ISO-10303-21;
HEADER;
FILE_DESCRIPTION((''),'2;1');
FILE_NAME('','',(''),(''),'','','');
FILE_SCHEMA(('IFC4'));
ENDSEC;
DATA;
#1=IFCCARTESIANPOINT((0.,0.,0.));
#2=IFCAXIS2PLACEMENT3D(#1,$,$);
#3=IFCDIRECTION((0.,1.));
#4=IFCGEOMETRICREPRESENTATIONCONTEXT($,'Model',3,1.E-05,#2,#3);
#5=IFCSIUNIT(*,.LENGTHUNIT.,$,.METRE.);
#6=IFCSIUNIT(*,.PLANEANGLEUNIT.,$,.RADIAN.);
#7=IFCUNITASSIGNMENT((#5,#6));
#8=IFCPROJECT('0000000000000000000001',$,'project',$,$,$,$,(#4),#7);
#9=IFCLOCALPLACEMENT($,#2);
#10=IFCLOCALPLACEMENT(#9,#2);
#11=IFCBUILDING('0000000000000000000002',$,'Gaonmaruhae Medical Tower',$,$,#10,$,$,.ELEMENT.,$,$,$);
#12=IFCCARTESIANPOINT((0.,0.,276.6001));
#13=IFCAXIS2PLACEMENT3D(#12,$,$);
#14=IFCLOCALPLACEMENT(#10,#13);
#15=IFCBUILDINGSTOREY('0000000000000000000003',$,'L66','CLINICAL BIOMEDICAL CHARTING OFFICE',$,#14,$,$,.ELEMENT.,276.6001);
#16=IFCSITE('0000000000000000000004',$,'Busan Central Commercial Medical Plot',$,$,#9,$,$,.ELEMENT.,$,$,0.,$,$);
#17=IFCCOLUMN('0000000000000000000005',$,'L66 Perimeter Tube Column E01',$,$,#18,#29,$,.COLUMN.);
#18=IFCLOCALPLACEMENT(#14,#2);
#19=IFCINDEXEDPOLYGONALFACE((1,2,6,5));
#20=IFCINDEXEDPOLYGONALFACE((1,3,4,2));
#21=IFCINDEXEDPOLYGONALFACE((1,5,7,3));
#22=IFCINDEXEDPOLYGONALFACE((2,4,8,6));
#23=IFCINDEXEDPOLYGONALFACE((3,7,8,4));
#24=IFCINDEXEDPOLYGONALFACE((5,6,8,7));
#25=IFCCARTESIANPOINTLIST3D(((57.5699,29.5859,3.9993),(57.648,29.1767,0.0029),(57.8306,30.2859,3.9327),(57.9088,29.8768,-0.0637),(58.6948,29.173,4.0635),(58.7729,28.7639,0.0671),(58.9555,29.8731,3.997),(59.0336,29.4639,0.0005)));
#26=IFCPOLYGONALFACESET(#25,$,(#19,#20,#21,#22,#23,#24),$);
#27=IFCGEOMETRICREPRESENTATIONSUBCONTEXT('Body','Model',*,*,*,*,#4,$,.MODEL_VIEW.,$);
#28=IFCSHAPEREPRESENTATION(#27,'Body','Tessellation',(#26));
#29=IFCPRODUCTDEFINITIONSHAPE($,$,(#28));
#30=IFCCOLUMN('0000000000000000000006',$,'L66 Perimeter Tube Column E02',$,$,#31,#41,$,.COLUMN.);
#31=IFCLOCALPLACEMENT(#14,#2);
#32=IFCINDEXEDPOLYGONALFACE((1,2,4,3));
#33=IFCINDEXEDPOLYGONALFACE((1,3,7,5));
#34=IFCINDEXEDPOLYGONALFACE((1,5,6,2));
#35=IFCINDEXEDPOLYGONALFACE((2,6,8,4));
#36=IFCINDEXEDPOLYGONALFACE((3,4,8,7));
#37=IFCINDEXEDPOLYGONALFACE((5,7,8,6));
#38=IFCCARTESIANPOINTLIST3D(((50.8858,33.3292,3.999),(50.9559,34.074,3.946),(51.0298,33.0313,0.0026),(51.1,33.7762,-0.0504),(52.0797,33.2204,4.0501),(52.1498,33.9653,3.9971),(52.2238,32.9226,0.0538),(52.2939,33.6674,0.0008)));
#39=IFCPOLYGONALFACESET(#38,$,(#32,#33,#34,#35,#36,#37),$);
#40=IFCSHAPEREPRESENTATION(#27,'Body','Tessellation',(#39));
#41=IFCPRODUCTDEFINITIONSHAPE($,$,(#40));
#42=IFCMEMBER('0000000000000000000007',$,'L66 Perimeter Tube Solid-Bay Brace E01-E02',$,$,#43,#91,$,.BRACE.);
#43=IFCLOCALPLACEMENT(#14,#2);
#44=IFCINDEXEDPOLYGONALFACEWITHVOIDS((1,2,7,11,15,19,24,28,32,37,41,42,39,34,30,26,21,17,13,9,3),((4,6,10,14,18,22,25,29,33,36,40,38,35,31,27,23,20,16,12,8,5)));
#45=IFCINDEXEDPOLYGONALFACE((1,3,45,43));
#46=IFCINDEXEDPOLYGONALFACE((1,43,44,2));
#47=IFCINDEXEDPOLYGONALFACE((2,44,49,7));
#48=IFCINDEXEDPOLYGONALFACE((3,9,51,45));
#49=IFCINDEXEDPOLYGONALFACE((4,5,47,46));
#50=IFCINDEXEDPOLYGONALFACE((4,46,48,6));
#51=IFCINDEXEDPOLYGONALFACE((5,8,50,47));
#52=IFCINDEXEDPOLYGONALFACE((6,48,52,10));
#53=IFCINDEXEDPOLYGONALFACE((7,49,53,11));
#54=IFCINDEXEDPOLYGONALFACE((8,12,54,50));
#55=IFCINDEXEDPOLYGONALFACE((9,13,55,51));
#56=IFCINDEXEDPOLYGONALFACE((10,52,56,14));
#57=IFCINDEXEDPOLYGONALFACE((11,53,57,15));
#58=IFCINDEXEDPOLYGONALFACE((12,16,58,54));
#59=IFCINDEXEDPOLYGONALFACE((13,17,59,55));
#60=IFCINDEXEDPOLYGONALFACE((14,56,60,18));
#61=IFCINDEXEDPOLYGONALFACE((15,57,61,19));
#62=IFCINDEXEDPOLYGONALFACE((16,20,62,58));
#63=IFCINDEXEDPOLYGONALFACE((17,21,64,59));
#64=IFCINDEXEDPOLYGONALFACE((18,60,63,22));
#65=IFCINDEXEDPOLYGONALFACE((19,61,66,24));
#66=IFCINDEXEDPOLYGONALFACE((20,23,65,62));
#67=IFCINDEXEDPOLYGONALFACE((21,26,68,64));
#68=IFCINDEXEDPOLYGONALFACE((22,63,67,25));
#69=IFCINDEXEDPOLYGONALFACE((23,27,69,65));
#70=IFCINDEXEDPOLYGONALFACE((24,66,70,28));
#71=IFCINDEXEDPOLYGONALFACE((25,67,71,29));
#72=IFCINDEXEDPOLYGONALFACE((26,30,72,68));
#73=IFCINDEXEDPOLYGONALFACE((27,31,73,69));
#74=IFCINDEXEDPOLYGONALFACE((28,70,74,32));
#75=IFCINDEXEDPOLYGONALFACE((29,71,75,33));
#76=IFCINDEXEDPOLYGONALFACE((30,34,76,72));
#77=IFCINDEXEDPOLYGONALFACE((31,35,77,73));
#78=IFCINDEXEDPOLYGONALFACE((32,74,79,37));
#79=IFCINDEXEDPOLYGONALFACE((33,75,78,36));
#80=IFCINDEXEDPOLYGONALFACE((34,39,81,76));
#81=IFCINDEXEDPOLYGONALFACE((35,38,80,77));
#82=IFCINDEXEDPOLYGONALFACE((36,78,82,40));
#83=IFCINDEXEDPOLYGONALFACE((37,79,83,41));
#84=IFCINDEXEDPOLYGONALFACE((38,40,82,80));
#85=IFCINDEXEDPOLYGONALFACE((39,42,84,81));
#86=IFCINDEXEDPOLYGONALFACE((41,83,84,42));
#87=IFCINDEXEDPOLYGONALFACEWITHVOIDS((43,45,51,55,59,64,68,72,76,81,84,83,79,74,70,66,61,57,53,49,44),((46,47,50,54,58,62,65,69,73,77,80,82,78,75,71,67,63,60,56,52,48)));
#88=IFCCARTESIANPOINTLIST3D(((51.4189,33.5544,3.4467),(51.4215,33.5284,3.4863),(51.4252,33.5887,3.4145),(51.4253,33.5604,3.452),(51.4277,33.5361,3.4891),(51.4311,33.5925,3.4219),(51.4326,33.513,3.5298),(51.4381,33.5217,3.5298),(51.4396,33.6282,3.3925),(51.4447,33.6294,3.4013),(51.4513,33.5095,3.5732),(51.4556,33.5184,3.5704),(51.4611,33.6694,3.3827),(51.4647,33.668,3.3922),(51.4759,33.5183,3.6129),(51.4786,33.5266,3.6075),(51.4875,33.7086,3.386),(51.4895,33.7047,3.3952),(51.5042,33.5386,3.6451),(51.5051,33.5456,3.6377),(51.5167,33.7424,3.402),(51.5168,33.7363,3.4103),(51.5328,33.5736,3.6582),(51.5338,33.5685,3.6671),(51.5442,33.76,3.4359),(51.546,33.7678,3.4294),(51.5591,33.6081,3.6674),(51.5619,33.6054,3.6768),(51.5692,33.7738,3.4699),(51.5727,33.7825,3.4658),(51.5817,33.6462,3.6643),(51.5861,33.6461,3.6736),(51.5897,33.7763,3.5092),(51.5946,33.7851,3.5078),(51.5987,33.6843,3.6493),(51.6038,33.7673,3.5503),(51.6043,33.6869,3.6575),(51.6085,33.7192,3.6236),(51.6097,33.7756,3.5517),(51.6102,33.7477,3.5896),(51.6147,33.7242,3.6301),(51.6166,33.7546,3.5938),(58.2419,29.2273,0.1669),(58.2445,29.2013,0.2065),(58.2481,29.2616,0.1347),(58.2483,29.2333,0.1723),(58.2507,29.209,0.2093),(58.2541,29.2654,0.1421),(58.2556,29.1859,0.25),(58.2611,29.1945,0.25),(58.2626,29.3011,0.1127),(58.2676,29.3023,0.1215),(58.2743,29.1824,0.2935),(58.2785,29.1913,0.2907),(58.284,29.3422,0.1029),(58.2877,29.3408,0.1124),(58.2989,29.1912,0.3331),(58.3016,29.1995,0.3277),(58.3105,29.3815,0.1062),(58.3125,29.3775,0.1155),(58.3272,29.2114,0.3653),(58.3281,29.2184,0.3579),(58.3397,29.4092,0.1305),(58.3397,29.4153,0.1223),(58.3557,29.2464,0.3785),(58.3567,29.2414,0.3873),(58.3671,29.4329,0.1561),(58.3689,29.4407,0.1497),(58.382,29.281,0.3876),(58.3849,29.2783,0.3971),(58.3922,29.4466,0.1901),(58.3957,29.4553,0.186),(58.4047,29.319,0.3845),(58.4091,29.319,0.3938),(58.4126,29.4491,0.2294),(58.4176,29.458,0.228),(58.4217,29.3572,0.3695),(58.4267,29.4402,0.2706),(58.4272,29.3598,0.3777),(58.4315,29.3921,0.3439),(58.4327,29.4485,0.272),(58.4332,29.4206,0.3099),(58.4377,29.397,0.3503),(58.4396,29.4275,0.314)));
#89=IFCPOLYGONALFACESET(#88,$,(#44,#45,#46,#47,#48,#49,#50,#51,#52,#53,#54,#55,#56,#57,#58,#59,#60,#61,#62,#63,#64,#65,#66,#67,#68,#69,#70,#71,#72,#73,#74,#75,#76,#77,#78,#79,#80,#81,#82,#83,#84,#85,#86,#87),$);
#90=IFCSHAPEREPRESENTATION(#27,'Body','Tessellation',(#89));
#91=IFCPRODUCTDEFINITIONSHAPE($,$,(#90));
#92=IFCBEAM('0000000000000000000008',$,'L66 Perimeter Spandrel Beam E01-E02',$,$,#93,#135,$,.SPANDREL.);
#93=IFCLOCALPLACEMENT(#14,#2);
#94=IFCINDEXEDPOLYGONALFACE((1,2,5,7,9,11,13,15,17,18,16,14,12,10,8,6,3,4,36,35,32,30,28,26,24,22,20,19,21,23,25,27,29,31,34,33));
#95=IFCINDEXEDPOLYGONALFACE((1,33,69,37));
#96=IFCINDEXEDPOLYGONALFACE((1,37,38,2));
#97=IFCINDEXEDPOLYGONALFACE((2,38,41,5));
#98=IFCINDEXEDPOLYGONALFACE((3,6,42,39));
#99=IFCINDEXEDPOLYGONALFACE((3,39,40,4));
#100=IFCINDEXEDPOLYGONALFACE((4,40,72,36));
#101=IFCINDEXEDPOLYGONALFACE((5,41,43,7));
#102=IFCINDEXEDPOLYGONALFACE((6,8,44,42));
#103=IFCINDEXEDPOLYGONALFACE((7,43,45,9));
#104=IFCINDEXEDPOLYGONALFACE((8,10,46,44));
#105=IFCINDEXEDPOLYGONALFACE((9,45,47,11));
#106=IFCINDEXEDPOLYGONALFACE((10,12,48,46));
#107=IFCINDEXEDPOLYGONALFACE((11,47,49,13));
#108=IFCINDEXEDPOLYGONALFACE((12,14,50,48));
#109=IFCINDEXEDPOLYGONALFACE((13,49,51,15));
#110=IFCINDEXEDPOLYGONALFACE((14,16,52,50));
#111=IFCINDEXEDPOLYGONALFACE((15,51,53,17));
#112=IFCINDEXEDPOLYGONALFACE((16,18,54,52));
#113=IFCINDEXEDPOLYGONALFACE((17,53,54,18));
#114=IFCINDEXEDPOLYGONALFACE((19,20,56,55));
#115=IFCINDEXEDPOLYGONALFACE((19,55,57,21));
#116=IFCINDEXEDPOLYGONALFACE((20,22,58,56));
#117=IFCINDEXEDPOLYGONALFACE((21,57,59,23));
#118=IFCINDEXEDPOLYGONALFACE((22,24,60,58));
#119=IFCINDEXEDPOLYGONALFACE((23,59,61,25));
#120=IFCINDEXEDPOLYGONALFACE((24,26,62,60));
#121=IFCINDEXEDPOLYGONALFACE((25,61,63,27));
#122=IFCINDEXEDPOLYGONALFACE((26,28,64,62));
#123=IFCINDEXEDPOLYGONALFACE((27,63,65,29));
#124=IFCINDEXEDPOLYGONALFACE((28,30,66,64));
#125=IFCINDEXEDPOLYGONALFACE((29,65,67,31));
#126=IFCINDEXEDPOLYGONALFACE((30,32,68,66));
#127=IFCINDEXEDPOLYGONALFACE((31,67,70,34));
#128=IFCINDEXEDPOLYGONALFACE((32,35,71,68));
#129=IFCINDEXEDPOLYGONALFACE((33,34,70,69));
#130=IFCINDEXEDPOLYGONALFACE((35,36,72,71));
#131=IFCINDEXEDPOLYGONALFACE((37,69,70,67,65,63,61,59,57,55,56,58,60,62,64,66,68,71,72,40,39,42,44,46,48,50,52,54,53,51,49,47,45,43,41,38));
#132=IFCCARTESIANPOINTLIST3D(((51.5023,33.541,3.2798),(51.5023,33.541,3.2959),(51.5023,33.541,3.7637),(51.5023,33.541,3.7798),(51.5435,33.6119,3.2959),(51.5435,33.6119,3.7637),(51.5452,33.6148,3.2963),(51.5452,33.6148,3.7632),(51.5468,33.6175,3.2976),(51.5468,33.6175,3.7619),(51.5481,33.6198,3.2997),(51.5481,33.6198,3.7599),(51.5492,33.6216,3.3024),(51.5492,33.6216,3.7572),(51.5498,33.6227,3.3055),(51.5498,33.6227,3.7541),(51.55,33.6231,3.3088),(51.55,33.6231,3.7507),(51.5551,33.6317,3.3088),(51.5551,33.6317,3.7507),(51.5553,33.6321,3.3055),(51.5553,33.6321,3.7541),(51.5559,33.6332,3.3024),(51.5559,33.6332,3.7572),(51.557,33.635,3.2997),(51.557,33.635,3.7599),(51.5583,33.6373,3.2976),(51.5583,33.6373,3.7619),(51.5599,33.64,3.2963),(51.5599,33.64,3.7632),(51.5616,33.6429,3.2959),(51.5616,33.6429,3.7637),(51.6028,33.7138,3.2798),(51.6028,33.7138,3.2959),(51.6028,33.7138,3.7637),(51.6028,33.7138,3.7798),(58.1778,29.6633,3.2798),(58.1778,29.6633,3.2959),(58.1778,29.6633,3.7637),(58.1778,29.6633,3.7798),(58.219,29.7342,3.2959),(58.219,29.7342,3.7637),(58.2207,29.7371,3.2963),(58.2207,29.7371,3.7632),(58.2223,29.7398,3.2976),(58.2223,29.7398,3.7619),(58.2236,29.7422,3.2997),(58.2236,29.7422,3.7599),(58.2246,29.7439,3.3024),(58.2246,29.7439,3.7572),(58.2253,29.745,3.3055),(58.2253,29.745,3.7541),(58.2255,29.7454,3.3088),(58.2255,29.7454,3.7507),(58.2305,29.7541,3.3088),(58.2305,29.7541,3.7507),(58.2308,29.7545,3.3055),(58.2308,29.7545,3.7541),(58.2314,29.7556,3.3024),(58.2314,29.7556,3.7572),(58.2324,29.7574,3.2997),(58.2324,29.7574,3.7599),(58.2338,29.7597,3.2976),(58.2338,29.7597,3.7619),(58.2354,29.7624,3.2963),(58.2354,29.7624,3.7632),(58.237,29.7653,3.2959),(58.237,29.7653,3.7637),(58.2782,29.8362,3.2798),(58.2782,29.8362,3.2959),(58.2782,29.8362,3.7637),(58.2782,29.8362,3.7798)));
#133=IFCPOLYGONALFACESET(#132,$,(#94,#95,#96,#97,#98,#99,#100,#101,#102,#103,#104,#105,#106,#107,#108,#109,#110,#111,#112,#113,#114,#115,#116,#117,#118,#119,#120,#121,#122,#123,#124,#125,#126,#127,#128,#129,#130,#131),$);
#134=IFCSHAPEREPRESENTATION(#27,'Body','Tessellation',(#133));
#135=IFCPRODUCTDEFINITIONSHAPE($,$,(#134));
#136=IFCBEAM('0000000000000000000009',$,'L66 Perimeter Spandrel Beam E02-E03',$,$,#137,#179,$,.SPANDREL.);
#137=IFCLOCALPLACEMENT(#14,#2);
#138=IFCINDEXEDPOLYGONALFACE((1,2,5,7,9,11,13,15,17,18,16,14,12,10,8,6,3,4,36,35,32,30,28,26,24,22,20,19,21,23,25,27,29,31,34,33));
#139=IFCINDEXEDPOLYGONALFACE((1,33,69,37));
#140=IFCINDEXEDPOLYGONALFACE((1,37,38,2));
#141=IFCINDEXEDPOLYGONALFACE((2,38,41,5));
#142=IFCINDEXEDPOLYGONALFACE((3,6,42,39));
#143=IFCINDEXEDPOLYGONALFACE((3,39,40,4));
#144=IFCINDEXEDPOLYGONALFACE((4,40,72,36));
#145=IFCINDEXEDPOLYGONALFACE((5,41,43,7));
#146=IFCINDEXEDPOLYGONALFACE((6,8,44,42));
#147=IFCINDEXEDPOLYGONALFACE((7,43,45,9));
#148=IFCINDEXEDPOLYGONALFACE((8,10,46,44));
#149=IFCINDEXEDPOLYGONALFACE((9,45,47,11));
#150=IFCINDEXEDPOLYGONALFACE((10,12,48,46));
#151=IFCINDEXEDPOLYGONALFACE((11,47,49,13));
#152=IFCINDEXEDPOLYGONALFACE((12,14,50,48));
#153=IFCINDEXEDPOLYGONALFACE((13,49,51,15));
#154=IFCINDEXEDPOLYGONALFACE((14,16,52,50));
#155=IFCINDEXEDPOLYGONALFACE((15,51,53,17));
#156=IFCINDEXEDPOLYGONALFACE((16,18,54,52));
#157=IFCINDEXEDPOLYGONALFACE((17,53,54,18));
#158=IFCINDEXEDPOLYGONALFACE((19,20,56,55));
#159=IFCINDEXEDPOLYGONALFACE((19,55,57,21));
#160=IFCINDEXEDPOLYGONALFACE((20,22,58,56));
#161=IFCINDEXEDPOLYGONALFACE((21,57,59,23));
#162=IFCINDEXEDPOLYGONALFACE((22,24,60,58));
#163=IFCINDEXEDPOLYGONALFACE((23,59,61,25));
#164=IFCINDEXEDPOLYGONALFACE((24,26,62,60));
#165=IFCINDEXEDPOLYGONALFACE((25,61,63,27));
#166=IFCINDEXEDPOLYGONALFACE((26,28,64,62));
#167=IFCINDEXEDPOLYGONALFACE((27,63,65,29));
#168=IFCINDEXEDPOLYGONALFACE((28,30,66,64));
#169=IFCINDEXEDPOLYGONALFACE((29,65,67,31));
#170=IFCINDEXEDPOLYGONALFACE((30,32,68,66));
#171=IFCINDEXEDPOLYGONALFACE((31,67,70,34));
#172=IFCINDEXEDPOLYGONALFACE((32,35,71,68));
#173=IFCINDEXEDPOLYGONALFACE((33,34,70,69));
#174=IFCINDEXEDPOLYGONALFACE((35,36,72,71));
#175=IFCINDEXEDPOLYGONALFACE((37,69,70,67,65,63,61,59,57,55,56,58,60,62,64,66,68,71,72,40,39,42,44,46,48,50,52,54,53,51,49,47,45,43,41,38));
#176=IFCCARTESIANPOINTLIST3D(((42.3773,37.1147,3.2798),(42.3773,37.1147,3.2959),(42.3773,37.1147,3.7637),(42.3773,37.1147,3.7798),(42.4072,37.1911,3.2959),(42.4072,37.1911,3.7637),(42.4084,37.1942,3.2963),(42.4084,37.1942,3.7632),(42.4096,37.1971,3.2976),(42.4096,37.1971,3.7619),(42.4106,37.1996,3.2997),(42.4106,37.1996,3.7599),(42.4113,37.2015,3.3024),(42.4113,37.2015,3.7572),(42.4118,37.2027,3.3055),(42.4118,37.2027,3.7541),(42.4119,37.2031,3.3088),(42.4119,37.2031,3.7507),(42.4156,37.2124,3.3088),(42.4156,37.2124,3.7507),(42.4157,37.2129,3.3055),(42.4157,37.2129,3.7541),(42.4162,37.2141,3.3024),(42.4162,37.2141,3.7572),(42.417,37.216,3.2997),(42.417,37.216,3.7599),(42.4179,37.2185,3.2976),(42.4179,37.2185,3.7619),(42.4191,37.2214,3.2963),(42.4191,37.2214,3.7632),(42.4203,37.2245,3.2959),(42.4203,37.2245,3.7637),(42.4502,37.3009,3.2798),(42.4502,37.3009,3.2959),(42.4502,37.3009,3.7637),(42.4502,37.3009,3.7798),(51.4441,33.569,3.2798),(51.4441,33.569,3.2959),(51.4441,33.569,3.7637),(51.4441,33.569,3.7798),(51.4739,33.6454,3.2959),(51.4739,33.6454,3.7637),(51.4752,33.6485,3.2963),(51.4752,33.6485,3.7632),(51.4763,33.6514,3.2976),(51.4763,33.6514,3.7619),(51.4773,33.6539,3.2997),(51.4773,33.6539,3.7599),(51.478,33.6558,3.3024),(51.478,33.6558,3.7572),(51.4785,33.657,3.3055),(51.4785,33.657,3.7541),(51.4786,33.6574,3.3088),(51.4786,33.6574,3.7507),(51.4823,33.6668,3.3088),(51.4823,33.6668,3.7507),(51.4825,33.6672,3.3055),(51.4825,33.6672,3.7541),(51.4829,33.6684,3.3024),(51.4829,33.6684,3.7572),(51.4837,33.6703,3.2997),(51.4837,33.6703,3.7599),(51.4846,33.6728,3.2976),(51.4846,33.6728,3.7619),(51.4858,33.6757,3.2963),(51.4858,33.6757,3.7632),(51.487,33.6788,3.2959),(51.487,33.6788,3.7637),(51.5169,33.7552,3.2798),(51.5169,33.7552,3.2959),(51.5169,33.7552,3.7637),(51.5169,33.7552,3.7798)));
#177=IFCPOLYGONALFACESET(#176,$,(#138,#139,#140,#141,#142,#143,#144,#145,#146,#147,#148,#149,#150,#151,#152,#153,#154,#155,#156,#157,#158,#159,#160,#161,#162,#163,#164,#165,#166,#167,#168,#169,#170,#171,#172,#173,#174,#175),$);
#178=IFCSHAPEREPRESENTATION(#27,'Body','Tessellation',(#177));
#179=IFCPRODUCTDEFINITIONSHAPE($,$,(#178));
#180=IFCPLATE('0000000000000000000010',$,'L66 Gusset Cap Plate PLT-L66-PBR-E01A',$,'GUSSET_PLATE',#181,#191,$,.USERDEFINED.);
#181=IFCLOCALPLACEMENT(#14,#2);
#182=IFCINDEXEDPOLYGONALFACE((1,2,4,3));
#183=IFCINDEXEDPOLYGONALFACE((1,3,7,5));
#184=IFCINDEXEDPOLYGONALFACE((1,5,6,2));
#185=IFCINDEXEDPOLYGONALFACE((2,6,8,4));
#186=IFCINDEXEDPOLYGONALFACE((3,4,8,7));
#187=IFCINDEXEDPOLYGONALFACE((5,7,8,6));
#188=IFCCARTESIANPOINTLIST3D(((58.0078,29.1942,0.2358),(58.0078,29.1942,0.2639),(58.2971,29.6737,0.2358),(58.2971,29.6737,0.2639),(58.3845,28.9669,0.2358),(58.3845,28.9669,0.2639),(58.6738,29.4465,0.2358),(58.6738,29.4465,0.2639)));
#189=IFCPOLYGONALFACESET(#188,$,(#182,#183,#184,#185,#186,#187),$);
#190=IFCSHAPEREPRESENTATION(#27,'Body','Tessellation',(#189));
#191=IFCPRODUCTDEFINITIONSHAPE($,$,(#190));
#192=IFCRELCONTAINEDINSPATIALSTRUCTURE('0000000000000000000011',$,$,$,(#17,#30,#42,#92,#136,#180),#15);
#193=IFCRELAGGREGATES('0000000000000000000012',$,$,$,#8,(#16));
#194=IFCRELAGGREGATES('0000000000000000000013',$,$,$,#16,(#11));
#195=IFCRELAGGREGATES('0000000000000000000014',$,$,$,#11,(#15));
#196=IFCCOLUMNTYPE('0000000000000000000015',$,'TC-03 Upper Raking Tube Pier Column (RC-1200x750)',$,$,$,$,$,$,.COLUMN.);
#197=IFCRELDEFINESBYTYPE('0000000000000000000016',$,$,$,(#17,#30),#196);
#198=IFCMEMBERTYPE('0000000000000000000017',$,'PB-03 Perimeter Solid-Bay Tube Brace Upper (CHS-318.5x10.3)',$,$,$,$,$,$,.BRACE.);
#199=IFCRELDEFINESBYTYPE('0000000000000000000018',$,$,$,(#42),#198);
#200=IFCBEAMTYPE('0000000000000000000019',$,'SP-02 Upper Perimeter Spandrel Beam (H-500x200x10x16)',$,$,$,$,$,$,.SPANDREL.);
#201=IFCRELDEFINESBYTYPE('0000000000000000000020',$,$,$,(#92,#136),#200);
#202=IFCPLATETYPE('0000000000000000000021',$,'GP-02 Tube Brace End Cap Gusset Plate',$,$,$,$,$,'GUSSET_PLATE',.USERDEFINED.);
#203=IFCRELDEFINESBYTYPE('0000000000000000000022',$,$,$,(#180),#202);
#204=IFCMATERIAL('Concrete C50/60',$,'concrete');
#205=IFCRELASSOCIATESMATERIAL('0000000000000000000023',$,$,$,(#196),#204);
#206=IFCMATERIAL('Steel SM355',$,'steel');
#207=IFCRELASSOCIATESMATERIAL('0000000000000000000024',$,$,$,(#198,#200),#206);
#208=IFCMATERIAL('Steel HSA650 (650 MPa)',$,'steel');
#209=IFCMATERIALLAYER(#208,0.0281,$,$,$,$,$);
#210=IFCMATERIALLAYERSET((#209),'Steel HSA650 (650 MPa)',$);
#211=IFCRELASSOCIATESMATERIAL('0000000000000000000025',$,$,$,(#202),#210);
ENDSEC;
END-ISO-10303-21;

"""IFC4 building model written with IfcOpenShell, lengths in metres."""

from ifc_helpers import new_model, si_unit, direction, frame, origin, origin_2d, place, context, subcontext, project, spatial, rectangle, hollow_circle, i_section, extrude, material, layer, layer_set, material_profile, profile_set, type_object, element, save


model = new_model("IFC4")

# Units and contexts
model_context = context("Model", 3, precision=1e-05, world=origin(), true_north=direction((0.0, 1.0)))
body_context = subcontext(model_context, "Body", "Model", "MODEL_VIEW")
ifc_project = project(units=[si_unit("LENGTHUNIT", "METRE"), si_unit("PLANEANGLEUNIT", "RADIAN")], contexts=[model_context])

# Site, building, storey
site_placement = place(None, origin())
site = spatial("IfcSite", under=ifc_project, at=site_placement, Name="Busan Central Commercial Medical Plot", CompositionType="ELEMENT", RefElevation=0.0)
building_placement = place(site_placement, origin())
building = spatial("IfcBuilding", under=site, at=building_placement, Name="Gaonmaruhae Medical Tower", CompositionType="ELEMENT")
storey_placement = place(building_placement, frame((0.0, 0.0, 276.6001)))
storey = spatial("IfcBuildingStorey", under=building, at=storey_placement, Name="L66", Description="CLINICAL BIOMEDICAL CHARTING OFFICE", CompositionType="ELEMENT", Elevation=276.6001)

# Columns
ifc_material_1 = material(Name="Concrete C50/60", Category="concrete")
ifc_material_profile_1 = material_profile(ifc_material_1, rectangle(XDim=1.2, YDim=0.75, at=origin_2d()), Name="RC-1200x750")
ifc_profile_set_1 = profile_set([ifc_material_profile_1], Name="Concrete C50/60")
column_type = type_object("IfcColumnType", Name="TC-03 Upper Raking Tube Pier Column (RC-1200x750)", PredefinedType="COLUMN", material=ifc_profile_set_1)
column_1_placement = place(storey_placement, frame((58.3408, 29.3203, 0.0017), z_axis=(-0.019444, 0.101837, 0.994611), x_axis=(0.937424, -0.344047, 0.053552)))
element("IfcColumn", 1, at=column_1_placement, inside=storey, type_object=column_type, Name="L66 Perimeter Tube Column E01", PredefinedType="COLUMN", context=body_context, shape_type="SweptSolid", body=[
    extrude(rectangle(XDim=1.2, YDim=0.75, at=origin_2d()), origin(), (0.0, 0.0, 1.0), 4.0181),
])
column_2_placement = place(storey_placement, frame((51.6619, 33.3494, 0.0017), z_axis=(-0.035921, 0.074277, 0.99659), x_axis=(0.994972, -0.090634, 0.042618)))
element("IfcColumn", 2, at=column_2_placement, inside=storey, type_object=column_type, Name="L66 Perimeter Tube Column E02", PredefinedType="COLUMN", context=body_context, shape_type="SweptSolid", body=[
    extrude(rectangle(XDim=1.2, YDim=0.75, at=origin_2d()), origin(), (0.0, 0.0, 1.0), 4.01),
])

# Member
ifc_material_2 = material(Name="Steel SM355", Category="steel")
ifc_material_profile_2 = material_profile(ifc_material_2, hollow_circle(Radius=0.1592, WallThickness=0.0103, at=origin_2d()), Name="CHS-318.5x10.3")
ifc_profile_set_2 = profile_set([ifc_material_profile_2], Name="Steel SM355")
member_type = type_object("IfcMemberType", Name="PB-03 Perimeter Solid-Bay Tube Brace Upper (CHS-318.5x10.3)", PredefinedType="BRACE", material=ifc_profile_set_2)
member_placement = place(storey_placement, frame((58.3408, 29.3203, 0.25), z_axis=(-0.782474, 0.496245, 0.376132), x_axis=(-0.535575, -0.844488, 0.0)))
element("IfcMember", 3, at=member_placement, inside=storey, type_object=member_type, Name="L66 Perimeter Tube Solid-Bay Brace E01-E02", PredefinedType="BRACE", context=body_context, shape_type="SweptSolid", body=[
    extrude(hollow_circle(Radius=0.1592, WallThickness=0.0103, at=origin_2d()), origin(), (0.0, 0.0, 1.0), 8.7197),
])

# Beams
ifc_material_profile_3 = material_profile(ifc_material_2, i_section(OverallWidth=0.2, OverallDepth=0.5, WebThickness=0.01, FlangeThickness=0.0161, FilletRadius=0.0129, at=origin_2d()), Name="H-500x200x10x16")
ifc_profile_set_3 = profile_set([ifc_material_profile_3], Name="Steel SM355")
beam_type = type_object("IfcBeamType", Name="SP-02 Upper Perimeter Spandrel Beam (H-500x200x10x16)", PredefinedType="SPANDREL", material=ifc_profile_set_3)
beam_1_placement = place(storey_placement, frame((58.228, 29.7498, 3.5298), z_axis=(-0.864701, 0.502287, 0.0), x_axis=(-0.502287, -0.864701, 0.0)))
element("IfcBeam", 4, at=beam_1_placement, inside=storey, type_object=beam_type, Name="L66 Perimeter Spandrel Beam E01-E02", PredefinedType="SPANDREL", context=body_context, shape_type="SweptSolid", body=[
    extrude(i_section(OverallWidth=0.2, OverallDepth=0.5, WebThickness=0.01, FlangeThickness=0.0161, FilletRadius=0.0129, at=origin_2d()), origin(), (0.0, 0.0, 1.0), 7.72),
])
beam_2_placement = place(storey_placement, frame((51.4805, 33.6621, 3.5298), z_axis=(-0.931318, 0.364206, 0.0), x_axis=(-0.364206, -0.931318, 0.0)))
element("IfcBeam", 5, at=beam_2_placement, inside=storey, type_object=beam_type, Name="L66 Perimeter Spandrel Beam E02-E03", PredefinedType="SPANDREL", context=body_context, shape_type="SweptSolid", body=[
    extrude(i_section(OverallWidth=0.2, OverallDepth=0.5, WebThickness=0.01, FlangeThickness=0.0161, FilletRadius=0.0129, at=origin_2d()), origin(), (0.0, 0.0, 1.0), 9.7354),
])

# Plate
ifc_material_3 = material(Name="Steel HSA650 (650 MPa)", Category="steel")
ifc_layer_1 = layer(ifc_material_3, 0.0281)
ifc_layer_set_1 = layer_set([ifc_layer_1], Name="Steel HSA650 (650 MPa)")
plate_type_1 = type_object("IfcPlateType", Name="GP-02 Tube Brace End Cap Gusset Plate", ElementType="GUSSET_PLATE", PredefinedType="USERDEFINED", material=ifc_layer_set_1)
for number, where, z_axis, x_axis, name in (
    (6, (58.3408, 29.3203, 0.2358), (0.0, 0.0, 1.0), (0.516533, 0.856267, 0.0), "L66 Gusset Cap Plate PLT-L66-PBR-E01A"),
):
    element("IfcPlate", number, at=place(storey_placement, frame(where, z_axis=z_axis, x_axis=x_axis)), inside=storey, type_object=plate_type_1, Name=name, ObjectType="GUSSET_PLATE", PredefinedType="USERDEFINED", context=body_context, shape_type="SweptSolid", body=[
        extrude(rectangle(XDim=0.5601, YDim=0.4399, at=origin_2d()), origin(), (0.0, 0.0, 1.0), 0.0281),
    ])

save(model, "model.ifc")
